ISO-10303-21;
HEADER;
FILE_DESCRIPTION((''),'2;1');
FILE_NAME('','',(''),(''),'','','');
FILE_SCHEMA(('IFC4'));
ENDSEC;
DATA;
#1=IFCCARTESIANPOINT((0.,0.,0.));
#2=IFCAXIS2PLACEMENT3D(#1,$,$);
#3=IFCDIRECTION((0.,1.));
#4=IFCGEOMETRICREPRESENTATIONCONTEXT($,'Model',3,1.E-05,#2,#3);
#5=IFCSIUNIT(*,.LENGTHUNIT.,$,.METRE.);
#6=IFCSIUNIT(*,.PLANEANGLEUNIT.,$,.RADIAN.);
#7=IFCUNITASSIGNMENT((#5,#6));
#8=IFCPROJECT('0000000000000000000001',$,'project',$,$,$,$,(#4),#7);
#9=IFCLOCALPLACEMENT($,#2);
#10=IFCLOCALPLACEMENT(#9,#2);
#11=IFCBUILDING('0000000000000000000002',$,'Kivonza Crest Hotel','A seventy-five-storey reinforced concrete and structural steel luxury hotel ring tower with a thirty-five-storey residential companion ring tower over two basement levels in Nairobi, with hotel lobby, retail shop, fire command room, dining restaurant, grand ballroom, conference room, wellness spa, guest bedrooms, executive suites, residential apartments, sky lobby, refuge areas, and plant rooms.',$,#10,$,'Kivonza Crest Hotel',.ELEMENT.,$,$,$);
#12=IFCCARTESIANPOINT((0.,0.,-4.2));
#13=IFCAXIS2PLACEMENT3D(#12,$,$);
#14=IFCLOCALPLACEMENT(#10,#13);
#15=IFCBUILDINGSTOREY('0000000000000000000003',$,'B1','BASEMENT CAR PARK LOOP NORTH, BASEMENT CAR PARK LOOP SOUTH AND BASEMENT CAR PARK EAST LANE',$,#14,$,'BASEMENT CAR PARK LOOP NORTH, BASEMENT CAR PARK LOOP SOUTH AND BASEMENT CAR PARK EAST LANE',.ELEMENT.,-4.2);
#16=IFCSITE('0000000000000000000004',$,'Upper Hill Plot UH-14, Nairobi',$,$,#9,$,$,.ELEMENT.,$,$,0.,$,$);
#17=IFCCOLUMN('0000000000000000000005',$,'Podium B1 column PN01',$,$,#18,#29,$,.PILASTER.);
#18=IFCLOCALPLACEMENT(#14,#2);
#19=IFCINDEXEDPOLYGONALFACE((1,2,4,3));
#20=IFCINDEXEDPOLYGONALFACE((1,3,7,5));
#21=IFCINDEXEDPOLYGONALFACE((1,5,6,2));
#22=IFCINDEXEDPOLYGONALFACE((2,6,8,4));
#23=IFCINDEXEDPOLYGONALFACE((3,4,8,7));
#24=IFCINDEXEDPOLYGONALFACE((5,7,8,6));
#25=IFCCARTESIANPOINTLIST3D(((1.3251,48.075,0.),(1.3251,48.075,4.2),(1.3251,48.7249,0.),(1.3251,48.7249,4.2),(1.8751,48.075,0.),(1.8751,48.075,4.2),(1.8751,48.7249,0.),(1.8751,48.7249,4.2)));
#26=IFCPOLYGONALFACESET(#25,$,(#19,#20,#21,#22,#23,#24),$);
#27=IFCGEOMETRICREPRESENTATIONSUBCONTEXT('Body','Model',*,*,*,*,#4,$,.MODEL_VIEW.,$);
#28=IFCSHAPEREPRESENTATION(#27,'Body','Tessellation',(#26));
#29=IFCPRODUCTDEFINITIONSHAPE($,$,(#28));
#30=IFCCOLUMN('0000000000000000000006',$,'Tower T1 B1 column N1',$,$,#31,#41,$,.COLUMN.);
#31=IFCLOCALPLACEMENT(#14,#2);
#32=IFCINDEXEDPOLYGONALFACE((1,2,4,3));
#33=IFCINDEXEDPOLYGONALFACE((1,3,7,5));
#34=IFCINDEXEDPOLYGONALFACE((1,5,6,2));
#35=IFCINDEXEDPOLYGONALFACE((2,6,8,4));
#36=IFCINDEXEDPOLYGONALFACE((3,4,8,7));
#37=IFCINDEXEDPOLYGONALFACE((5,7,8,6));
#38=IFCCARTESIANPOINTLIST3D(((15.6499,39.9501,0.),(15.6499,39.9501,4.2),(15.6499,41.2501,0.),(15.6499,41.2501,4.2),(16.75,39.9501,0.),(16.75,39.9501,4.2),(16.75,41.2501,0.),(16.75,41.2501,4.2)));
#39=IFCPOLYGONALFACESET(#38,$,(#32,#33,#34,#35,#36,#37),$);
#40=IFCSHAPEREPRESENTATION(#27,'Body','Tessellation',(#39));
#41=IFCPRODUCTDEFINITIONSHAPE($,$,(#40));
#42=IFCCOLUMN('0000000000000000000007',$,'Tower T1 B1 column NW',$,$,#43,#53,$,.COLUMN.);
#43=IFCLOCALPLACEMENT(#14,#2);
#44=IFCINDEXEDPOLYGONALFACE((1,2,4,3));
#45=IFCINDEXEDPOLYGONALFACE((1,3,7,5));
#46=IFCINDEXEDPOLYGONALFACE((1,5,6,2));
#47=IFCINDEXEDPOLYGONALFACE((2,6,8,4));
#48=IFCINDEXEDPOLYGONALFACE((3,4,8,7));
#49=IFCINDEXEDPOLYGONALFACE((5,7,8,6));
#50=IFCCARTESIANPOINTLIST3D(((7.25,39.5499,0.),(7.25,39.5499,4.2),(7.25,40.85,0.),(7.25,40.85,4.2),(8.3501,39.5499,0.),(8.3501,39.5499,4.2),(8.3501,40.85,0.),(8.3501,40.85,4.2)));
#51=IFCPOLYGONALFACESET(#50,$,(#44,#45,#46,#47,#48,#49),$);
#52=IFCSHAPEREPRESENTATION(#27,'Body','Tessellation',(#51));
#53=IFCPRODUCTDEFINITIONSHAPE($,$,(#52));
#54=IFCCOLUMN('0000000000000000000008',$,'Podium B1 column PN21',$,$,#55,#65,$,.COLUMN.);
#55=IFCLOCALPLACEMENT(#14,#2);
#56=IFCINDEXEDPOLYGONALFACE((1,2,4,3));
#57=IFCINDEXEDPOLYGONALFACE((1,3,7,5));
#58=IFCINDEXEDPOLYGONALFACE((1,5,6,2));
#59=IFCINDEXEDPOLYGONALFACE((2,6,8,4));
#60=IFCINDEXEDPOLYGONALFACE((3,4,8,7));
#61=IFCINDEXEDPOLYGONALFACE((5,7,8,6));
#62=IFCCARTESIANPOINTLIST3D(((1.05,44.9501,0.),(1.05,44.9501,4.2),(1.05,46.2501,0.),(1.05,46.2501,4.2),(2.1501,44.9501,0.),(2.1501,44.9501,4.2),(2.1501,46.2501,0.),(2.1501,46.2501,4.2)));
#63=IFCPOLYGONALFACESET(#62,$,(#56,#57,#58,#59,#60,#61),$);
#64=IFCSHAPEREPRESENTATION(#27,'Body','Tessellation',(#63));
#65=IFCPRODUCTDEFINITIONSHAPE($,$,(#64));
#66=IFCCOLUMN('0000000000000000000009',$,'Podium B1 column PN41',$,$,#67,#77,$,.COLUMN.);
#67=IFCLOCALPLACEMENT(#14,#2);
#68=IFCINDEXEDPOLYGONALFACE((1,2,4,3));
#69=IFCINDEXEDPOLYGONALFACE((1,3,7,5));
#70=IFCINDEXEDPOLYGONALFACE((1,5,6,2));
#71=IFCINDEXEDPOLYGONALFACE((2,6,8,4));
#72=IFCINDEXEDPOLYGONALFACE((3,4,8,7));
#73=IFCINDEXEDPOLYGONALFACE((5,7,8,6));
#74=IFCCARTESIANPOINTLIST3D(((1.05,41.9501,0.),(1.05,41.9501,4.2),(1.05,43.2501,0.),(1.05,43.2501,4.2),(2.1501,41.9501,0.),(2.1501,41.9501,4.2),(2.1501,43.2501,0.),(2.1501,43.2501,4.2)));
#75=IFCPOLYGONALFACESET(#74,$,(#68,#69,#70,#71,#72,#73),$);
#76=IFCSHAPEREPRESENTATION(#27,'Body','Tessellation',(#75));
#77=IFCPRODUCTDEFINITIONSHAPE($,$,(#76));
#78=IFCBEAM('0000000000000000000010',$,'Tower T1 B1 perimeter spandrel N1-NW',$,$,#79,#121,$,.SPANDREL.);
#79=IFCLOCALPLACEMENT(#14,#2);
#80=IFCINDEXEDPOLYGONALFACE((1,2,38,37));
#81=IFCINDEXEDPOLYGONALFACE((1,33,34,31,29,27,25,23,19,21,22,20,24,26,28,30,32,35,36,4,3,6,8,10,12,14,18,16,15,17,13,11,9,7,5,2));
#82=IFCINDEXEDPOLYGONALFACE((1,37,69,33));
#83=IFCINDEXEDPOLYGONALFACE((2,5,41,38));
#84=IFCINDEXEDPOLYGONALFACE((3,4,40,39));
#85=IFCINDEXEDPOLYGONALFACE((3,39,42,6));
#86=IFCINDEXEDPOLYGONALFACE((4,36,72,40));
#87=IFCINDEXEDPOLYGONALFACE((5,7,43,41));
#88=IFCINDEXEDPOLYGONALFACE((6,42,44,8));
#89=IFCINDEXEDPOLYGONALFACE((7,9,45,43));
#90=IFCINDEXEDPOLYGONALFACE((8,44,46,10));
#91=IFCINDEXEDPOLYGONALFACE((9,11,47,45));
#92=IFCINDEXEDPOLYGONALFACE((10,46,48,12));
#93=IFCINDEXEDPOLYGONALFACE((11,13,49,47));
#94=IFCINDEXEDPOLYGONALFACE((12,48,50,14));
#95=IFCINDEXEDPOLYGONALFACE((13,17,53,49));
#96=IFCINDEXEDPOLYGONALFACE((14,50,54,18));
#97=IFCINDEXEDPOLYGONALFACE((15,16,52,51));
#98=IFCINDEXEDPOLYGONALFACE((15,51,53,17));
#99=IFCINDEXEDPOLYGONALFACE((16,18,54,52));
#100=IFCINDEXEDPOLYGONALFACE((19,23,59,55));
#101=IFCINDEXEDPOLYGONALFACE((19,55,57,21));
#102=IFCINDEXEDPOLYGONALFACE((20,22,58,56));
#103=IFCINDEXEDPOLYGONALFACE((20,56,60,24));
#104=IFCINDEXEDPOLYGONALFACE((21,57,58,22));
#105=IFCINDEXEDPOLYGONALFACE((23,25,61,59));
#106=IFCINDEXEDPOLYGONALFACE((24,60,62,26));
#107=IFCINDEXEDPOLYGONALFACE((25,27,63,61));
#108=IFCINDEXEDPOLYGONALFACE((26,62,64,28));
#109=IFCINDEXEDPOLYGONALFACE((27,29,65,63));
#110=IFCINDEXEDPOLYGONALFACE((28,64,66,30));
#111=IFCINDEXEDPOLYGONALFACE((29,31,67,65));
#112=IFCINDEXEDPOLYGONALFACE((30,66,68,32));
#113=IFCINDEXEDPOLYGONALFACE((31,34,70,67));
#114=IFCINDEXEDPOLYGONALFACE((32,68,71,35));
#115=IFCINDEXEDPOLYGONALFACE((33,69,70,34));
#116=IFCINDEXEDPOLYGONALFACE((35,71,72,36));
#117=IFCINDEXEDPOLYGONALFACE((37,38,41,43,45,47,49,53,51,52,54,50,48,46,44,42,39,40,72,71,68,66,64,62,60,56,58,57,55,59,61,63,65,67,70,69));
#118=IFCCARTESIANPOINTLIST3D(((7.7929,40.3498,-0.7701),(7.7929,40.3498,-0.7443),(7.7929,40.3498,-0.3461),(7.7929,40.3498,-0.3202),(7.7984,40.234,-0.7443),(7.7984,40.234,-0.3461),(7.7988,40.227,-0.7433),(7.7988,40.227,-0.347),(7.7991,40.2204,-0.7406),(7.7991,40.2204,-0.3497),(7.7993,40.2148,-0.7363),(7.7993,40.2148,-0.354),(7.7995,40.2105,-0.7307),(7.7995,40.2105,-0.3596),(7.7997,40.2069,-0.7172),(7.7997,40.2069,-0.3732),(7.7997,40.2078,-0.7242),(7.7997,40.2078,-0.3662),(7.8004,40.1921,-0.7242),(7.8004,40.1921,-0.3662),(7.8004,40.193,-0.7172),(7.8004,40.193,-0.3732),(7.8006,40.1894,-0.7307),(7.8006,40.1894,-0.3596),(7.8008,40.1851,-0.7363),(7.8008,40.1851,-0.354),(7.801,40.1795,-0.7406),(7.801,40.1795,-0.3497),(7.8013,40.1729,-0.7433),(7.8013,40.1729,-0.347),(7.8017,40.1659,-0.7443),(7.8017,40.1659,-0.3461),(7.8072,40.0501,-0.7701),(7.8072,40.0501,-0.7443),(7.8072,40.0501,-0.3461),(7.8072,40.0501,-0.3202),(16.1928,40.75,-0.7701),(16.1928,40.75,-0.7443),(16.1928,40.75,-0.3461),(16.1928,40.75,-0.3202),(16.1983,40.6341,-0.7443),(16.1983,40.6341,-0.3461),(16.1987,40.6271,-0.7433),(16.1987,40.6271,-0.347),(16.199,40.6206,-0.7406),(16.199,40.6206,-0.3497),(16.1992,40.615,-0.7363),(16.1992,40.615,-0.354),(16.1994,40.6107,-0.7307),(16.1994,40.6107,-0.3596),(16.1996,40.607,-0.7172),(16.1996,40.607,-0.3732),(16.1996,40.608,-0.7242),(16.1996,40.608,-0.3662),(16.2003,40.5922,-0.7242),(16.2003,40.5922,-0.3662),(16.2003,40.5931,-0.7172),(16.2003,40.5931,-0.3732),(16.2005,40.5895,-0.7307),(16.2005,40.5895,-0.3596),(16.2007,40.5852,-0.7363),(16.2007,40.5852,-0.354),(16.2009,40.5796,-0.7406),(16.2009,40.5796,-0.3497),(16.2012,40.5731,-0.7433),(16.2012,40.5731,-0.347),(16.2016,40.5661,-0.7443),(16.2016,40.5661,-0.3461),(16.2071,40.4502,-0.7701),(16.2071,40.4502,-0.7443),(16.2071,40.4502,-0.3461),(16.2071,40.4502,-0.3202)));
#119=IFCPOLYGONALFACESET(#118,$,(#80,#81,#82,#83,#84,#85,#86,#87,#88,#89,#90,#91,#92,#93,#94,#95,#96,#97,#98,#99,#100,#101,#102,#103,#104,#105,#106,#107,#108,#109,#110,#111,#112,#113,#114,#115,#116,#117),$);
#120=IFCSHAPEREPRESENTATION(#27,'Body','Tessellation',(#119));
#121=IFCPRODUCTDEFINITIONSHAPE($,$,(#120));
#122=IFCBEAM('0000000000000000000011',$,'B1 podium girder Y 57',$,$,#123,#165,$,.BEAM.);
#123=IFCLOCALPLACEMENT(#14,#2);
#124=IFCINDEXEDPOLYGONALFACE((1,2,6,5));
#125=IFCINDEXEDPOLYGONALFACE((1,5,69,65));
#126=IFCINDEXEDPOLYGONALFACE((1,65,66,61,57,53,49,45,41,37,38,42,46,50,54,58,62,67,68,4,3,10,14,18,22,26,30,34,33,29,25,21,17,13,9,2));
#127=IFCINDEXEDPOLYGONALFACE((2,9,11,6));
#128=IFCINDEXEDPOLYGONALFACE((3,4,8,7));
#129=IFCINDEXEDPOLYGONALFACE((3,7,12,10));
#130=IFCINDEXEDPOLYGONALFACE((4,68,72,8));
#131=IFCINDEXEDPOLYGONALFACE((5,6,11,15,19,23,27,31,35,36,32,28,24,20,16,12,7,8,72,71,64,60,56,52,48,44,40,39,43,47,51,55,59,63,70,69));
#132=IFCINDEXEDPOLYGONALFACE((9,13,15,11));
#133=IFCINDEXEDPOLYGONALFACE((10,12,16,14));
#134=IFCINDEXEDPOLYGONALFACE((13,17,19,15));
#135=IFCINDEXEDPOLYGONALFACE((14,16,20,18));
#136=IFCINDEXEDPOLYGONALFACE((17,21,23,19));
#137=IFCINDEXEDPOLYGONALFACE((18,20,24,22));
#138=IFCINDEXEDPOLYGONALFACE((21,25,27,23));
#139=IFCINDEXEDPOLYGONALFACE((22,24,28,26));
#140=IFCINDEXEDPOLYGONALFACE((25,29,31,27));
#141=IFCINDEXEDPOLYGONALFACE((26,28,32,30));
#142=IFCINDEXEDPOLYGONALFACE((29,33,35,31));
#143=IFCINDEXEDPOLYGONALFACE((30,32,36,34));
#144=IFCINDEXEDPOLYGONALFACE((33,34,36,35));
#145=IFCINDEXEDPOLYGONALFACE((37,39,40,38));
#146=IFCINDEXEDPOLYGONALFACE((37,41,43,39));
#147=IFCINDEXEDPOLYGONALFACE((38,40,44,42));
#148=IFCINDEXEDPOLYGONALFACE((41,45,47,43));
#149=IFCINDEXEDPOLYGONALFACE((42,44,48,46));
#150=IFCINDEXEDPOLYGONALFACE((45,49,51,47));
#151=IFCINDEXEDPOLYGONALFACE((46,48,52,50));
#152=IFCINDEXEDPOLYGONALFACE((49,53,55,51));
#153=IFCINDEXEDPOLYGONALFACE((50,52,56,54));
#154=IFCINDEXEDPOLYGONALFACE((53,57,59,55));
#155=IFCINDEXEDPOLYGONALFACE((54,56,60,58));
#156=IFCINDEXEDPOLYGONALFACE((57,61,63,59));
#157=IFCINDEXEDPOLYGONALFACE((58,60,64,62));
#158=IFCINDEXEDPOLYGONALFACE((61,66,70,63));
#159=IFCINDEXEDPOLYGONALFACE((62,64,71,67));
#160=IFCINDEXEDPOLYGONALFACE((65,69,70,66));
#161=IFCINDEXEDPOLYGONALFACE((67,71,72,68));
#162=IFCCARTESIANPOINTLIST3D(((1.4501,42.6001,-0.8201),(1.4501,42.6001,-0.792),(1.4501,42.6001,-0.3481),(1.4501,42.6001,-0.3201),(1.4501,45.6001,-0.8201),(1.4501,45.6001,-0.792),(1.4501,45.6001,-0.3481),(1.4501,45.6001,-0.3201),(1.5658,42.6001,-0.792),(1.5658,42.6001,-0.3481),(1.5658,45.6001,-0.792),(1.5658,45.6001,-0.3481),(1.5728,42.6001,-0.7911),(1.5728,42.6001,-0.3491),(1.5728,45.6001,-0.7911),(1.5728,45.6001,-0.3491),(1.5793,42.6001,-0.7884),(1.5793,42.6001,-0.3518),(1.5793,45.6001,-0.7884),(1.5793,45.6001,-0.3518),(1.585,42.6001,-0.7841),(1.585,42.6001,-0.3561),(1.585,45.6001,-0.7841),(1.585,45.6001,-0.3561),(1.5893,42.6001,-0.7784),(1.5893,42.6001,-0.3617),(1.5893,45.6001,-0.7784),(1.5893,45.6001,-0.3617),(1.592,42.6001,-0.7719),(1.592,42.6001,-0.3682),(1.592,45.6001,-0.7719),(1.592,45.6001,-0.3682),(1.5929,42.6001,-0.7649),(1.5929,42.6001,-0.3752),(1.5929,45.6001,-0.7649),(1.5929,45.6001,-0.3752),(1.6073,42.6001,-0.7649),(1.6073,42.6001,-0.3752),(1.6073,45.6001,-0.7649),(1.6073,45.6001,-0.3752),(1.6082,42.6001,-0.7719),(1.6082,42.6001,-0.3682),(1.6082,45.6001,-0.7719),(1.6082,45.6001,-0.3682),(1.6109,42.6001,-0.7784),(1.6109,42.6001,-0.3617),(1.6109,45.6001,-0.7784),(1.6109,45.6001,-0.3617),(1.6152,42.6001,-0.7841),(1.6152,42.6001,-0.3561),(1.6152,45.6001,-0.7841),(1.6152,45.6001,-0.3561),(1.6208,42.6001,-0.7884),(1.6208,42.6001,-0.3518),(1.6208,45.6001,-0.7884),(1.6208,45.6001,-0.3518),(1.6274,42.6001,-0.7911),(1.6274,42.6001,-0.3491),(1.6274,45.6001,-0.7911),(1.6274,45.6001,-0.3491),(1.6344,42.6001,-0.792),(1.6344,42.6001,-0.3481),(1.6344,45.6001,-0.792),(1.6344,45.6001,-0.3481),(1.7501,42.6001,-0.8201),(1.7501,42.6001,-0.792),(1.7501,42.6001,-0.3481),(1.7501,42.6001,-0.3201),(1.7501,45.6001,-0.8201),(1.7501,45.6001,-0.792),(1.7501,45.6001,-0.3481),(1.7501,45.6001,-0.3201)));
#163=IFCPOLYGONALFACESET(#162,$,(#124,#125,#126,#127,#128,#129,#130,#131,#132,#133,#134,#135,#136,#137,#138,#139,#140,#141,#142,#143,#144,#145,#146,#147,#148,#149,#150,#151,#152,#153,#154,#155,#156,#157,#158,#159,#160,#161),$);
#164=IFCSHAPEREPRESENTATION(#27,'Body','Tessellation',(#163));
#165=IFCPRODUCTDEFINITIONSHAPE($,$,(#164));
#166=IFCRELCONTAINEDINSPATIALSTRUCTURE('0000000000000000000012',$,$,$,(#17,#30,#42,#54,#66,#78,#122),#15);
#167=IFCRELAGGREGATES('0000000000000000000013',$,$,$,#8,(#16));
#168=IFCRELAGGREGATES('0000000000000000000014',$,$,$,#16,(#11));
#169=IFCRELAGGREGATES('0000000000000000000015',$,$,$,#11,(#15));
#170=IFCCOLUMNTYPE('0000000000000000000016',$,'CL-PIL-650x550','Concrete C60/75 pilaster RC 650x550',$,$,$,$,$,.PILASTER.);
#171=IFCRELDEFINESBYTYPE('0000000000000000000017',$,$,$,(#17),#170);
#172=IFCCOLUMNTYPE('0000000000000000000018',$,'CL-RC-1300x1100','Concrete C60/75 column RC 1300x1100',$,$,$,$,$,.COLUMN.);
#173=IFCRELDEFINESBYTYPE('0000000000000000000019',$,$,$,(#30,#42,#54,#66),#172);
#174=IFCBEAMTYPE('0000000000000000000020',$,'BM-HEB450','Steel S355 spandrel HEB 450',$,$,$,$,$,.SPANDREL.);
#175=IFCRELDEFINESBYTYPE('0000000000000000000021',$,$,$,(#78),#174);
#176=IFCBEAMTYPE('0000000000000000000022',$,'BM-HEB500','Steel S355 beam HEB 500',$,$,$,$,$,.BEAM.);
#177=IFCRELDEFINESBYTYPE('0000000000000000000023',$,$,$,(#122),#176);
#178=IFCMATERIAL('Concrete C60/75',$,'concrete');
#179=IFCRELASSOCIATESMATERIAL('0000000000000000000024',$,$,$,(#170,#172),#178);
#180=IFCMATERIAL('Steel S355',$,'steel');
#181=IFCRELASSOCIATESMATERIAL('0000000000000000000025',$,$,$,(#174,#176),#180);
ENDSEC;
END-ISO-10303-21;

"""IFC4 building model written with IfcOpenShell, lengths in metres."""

from ifc_helpers import new_model, si_unit, direction, frame, origin, origin_2d, place, context, subcontext, project, spatial, rectangle, i_section, extrude, material, material_profile, profile_set, type_object, element, save


model = new_model("IFC4")

# Units and contexts
model_context = context("Model", 3, precision=1e-05, world=origin(), true_north=direction((0.0, 1.0)))
body_context = subcontext(model_context, "Body", "Model", "MODEL_VIEW")
ifc_project = project(units=[si_unit("LENGTHUNIT", "METRE"), si_unit("PLANEANGLEUNIT", "RADIAN")], contexts=[model_context])

# Site, building, storey
site_placement = place(None, origin())
site = spatial("IfcSite", under=ifc_project, at=site_placement, Name="Upper Hill Plot UH-14, Nairobi", CompositionType="ELEMENT", RefElevation=0.0)
building_placement = place(site_placement, origin())
building = spatial("IfcBuilding", under=site, at=building_placement, Name="Kivonza Crest Hotel", Description="A seventy-five-storey reinforced concrete and structural steel luxury hotel ring tower with a thirty-five-storey residential companion ring tower over two basement levels in Nairobi, with hotel lobby, retail shop, fire command room, dining restaurant, grand ballroom, conference room, wellness spa, guest bedrooms, executive suites, residential apartments, sky lobby, refuge areas, and plant rooms.", LongName="Kivonza Crest Hotel", CompositionType="ELEMENT")
storey_placement = place(building_placement, frame((0.0, 0.0, -4.2)))
storey = spatial("IfcBuildingStorey", under=building, at=storey_placement, Name="B1", Description="BASEMENT CAR PARK LOOP NORTH, BASEMENT CAR PARK LOOP SOUTH AND BASEMENT CAR PARK EAST LANE", LongName="BASEMENT CAR PARK LOOP NORTH, BASEMENT CAR PARK LOOP SOUTH AND BASEMENT CAR PARK EAST LANE", CompositionType="ELEMENT", Elevation=-4.2)

# Columns
ifc_material_1 = material(Name="Concrete C60/75", Category="concrete")
ifc_material_profile_1 = material_profile(ifc_material_1, rectangle(XDim=0.55, YDim=0.6499, at=origin_2d()), Name="RC 650x550")
ifc_profile_set_1 = profile_set([ifc_material_profile_1], Name="Concrete C60/75")
column_type_1 = type_object("IfcColumnType", Name="CL-PIL-650x550", Description="Concrete C60/75 pilaster RC 650x550", PredefinedType="PILASTER", material=ifc_profile_set_1)
column_placement = place(storey_placement, frame((1.6001, 48.3999, 0.0), z_axis=(0.0, 0.0, 1.0), x_axis=(1.0, 0.0, 0.0)))
element("IfcColumn", 1, at=column_placement, inside=storey, type_object=column_type_1, Name="Podium B1 column PN01", PredefinedType="PILASTER", context=body_context, shape_type="SweptSolid", body=[
    extrude(rectangle(XDim=0.55, YDim=0.6499, at=origin_2d()), origin(), (0.0, 0.0, 1.0), 4.2),
])
ifc_material_profile_2 = material_profile(ifc_material_1, rectangle(XDim=1.1001, YDim=1.3, at=origin_2d()), Name="RC 1300x1100")
ifc_profile_set_2 = profile_set([ifc_material_profile_2], Name="Concrete C60/75")
column_type_2 = type_object("IfcColumnType", Name="CL-RC-1300x1100", Description="Concrete C60/75 column RC 1300x1100", PredefinedType="COLUMN", material=ifc_profile_set_2)
for number, where, z_axis, x_axis, name in (
    (2, (16.2, 40.6001, 0.0), (0.0, 0.0, 1.0), (1.0, 0.0, 0.0), "Tower T1 B1 column N1"),
    (3, (7.8, 40.2, 0.0), (0.0, 0.0, 1.0), (1.0, 0.0, 0.0), "Tower T1 B1 column NW"),
    (4, (1.6001, 45.6001, 0.0), (0.0, 0.0, 1.0), (1.0, 0.0, 0.0), "Podium B1 column PN21"),
    (5, (1.6001, 42.6001, 0.0), (0.0, 0.0, 1.0), (1.0, 0.0, 0.0), "Podium B1 column PN41"),
):
    element("IfcColumn", number, at=place(storey_placement, frame(where, z_axis=z_axis, x_axis=x_axis)), inside=storey, type_object=column_type_2, Name=name, PredefinedType="COLUMN", context=body_context, shape_type="SweptSolid", body=[
        extrude(rectangle(XDim=1.1001, YDim=1.3, at=origin_2d()), origin(), (0.0, 0.0, 1.0), 4.2),
    ])

# Beams
ifc_material_2 = material(Name="Steel S355", Category="steel")
ifc_material_profile_3 = material_profile(ifc_material_2, i_section(OverallWidth=0.3, OverallDepth=0.45, WebThickness=0.0139, FlangeThickness=0.0259, FilletRadius=0.0271, at=origin_2d()), Name="HEB 450")
ifc_profile_set_3 = profile_set([ifc_material_profile_3], Name="Steel S355")
beam_type_1 = type_object("IfcBeamType", Name="BM-HEB450", Description="Steel S355 spandrel HEB 450", PredefinedType="SPANDREL", material=ifc_profile_set_3)
beam_1_placement = place(storey_placement, frame((16.2, 40.6001, -0.5452), z_axis=(-0.998867, -0.047583, 0.0), x_axis=(0.047583, -0.998867, 0.0)))
element("IfcBeam", 6, at=beam_1_placement, inside=storey, type_object=beam_type_1, Name="Tower T1 B1 perimeter spandrel N1-NW", PredefinedType="SPANDREL", context=body_context, shape_type="SweptSolid", body=[
    extrude(i_section(OverallWidth=0.3, OverallDepth=0.45, WebThickness=0.0139, FlangeThickness=0.0259, FilletRadius=0.0271, at=origin_2d()), origin(), (0.0, 0.0, 1.0), 8.4094),
])
ifc_material_profile_4 = material_profile(ifc_material_2, i_section(OverallWidth=0.3, OverallDepth=0.5, WebThickness=0.0144, FlangeThickness=0.0281, FilletRadius=0.0271, at=origin_2d()), Name="HEB 500")
ifc_profile_set_4 = profile_set([ifc_material_profile_4], Name="Steel S355")
beam_type_2 = type_object("IfcBeamType", Name="BM-HEB500", Description="Steel S355 beam HEB 500", PredefinedType="BEAM", material=ifc_profile_set_4)
beam_2_placement = place(storey_placement, frame((1.6001, 42.6001, -0.5701), z_axis=(0.0, 1.0, 0.0), x_axis=(-1.0, 0.0, 0.0)))
element("IfcBeam", 7, at=beam_2_placement, inside=storey, type_object=beam_type_2, Name="B1 podium girder Y 57", PredefinedType="BEAM", context=body_context, shape_type="SweptSolid", body=[
    extrude(i_section(OverallWidth=0.3, OverallDepth=0.5, WebThickness=0.0144, FlangeThickness=0.0281, FilletRadius=0.0271, at=origin_2d()), origin(), (0.0, 0.0, 1.0), 3.0),
])

save(model, "model.ifc")
